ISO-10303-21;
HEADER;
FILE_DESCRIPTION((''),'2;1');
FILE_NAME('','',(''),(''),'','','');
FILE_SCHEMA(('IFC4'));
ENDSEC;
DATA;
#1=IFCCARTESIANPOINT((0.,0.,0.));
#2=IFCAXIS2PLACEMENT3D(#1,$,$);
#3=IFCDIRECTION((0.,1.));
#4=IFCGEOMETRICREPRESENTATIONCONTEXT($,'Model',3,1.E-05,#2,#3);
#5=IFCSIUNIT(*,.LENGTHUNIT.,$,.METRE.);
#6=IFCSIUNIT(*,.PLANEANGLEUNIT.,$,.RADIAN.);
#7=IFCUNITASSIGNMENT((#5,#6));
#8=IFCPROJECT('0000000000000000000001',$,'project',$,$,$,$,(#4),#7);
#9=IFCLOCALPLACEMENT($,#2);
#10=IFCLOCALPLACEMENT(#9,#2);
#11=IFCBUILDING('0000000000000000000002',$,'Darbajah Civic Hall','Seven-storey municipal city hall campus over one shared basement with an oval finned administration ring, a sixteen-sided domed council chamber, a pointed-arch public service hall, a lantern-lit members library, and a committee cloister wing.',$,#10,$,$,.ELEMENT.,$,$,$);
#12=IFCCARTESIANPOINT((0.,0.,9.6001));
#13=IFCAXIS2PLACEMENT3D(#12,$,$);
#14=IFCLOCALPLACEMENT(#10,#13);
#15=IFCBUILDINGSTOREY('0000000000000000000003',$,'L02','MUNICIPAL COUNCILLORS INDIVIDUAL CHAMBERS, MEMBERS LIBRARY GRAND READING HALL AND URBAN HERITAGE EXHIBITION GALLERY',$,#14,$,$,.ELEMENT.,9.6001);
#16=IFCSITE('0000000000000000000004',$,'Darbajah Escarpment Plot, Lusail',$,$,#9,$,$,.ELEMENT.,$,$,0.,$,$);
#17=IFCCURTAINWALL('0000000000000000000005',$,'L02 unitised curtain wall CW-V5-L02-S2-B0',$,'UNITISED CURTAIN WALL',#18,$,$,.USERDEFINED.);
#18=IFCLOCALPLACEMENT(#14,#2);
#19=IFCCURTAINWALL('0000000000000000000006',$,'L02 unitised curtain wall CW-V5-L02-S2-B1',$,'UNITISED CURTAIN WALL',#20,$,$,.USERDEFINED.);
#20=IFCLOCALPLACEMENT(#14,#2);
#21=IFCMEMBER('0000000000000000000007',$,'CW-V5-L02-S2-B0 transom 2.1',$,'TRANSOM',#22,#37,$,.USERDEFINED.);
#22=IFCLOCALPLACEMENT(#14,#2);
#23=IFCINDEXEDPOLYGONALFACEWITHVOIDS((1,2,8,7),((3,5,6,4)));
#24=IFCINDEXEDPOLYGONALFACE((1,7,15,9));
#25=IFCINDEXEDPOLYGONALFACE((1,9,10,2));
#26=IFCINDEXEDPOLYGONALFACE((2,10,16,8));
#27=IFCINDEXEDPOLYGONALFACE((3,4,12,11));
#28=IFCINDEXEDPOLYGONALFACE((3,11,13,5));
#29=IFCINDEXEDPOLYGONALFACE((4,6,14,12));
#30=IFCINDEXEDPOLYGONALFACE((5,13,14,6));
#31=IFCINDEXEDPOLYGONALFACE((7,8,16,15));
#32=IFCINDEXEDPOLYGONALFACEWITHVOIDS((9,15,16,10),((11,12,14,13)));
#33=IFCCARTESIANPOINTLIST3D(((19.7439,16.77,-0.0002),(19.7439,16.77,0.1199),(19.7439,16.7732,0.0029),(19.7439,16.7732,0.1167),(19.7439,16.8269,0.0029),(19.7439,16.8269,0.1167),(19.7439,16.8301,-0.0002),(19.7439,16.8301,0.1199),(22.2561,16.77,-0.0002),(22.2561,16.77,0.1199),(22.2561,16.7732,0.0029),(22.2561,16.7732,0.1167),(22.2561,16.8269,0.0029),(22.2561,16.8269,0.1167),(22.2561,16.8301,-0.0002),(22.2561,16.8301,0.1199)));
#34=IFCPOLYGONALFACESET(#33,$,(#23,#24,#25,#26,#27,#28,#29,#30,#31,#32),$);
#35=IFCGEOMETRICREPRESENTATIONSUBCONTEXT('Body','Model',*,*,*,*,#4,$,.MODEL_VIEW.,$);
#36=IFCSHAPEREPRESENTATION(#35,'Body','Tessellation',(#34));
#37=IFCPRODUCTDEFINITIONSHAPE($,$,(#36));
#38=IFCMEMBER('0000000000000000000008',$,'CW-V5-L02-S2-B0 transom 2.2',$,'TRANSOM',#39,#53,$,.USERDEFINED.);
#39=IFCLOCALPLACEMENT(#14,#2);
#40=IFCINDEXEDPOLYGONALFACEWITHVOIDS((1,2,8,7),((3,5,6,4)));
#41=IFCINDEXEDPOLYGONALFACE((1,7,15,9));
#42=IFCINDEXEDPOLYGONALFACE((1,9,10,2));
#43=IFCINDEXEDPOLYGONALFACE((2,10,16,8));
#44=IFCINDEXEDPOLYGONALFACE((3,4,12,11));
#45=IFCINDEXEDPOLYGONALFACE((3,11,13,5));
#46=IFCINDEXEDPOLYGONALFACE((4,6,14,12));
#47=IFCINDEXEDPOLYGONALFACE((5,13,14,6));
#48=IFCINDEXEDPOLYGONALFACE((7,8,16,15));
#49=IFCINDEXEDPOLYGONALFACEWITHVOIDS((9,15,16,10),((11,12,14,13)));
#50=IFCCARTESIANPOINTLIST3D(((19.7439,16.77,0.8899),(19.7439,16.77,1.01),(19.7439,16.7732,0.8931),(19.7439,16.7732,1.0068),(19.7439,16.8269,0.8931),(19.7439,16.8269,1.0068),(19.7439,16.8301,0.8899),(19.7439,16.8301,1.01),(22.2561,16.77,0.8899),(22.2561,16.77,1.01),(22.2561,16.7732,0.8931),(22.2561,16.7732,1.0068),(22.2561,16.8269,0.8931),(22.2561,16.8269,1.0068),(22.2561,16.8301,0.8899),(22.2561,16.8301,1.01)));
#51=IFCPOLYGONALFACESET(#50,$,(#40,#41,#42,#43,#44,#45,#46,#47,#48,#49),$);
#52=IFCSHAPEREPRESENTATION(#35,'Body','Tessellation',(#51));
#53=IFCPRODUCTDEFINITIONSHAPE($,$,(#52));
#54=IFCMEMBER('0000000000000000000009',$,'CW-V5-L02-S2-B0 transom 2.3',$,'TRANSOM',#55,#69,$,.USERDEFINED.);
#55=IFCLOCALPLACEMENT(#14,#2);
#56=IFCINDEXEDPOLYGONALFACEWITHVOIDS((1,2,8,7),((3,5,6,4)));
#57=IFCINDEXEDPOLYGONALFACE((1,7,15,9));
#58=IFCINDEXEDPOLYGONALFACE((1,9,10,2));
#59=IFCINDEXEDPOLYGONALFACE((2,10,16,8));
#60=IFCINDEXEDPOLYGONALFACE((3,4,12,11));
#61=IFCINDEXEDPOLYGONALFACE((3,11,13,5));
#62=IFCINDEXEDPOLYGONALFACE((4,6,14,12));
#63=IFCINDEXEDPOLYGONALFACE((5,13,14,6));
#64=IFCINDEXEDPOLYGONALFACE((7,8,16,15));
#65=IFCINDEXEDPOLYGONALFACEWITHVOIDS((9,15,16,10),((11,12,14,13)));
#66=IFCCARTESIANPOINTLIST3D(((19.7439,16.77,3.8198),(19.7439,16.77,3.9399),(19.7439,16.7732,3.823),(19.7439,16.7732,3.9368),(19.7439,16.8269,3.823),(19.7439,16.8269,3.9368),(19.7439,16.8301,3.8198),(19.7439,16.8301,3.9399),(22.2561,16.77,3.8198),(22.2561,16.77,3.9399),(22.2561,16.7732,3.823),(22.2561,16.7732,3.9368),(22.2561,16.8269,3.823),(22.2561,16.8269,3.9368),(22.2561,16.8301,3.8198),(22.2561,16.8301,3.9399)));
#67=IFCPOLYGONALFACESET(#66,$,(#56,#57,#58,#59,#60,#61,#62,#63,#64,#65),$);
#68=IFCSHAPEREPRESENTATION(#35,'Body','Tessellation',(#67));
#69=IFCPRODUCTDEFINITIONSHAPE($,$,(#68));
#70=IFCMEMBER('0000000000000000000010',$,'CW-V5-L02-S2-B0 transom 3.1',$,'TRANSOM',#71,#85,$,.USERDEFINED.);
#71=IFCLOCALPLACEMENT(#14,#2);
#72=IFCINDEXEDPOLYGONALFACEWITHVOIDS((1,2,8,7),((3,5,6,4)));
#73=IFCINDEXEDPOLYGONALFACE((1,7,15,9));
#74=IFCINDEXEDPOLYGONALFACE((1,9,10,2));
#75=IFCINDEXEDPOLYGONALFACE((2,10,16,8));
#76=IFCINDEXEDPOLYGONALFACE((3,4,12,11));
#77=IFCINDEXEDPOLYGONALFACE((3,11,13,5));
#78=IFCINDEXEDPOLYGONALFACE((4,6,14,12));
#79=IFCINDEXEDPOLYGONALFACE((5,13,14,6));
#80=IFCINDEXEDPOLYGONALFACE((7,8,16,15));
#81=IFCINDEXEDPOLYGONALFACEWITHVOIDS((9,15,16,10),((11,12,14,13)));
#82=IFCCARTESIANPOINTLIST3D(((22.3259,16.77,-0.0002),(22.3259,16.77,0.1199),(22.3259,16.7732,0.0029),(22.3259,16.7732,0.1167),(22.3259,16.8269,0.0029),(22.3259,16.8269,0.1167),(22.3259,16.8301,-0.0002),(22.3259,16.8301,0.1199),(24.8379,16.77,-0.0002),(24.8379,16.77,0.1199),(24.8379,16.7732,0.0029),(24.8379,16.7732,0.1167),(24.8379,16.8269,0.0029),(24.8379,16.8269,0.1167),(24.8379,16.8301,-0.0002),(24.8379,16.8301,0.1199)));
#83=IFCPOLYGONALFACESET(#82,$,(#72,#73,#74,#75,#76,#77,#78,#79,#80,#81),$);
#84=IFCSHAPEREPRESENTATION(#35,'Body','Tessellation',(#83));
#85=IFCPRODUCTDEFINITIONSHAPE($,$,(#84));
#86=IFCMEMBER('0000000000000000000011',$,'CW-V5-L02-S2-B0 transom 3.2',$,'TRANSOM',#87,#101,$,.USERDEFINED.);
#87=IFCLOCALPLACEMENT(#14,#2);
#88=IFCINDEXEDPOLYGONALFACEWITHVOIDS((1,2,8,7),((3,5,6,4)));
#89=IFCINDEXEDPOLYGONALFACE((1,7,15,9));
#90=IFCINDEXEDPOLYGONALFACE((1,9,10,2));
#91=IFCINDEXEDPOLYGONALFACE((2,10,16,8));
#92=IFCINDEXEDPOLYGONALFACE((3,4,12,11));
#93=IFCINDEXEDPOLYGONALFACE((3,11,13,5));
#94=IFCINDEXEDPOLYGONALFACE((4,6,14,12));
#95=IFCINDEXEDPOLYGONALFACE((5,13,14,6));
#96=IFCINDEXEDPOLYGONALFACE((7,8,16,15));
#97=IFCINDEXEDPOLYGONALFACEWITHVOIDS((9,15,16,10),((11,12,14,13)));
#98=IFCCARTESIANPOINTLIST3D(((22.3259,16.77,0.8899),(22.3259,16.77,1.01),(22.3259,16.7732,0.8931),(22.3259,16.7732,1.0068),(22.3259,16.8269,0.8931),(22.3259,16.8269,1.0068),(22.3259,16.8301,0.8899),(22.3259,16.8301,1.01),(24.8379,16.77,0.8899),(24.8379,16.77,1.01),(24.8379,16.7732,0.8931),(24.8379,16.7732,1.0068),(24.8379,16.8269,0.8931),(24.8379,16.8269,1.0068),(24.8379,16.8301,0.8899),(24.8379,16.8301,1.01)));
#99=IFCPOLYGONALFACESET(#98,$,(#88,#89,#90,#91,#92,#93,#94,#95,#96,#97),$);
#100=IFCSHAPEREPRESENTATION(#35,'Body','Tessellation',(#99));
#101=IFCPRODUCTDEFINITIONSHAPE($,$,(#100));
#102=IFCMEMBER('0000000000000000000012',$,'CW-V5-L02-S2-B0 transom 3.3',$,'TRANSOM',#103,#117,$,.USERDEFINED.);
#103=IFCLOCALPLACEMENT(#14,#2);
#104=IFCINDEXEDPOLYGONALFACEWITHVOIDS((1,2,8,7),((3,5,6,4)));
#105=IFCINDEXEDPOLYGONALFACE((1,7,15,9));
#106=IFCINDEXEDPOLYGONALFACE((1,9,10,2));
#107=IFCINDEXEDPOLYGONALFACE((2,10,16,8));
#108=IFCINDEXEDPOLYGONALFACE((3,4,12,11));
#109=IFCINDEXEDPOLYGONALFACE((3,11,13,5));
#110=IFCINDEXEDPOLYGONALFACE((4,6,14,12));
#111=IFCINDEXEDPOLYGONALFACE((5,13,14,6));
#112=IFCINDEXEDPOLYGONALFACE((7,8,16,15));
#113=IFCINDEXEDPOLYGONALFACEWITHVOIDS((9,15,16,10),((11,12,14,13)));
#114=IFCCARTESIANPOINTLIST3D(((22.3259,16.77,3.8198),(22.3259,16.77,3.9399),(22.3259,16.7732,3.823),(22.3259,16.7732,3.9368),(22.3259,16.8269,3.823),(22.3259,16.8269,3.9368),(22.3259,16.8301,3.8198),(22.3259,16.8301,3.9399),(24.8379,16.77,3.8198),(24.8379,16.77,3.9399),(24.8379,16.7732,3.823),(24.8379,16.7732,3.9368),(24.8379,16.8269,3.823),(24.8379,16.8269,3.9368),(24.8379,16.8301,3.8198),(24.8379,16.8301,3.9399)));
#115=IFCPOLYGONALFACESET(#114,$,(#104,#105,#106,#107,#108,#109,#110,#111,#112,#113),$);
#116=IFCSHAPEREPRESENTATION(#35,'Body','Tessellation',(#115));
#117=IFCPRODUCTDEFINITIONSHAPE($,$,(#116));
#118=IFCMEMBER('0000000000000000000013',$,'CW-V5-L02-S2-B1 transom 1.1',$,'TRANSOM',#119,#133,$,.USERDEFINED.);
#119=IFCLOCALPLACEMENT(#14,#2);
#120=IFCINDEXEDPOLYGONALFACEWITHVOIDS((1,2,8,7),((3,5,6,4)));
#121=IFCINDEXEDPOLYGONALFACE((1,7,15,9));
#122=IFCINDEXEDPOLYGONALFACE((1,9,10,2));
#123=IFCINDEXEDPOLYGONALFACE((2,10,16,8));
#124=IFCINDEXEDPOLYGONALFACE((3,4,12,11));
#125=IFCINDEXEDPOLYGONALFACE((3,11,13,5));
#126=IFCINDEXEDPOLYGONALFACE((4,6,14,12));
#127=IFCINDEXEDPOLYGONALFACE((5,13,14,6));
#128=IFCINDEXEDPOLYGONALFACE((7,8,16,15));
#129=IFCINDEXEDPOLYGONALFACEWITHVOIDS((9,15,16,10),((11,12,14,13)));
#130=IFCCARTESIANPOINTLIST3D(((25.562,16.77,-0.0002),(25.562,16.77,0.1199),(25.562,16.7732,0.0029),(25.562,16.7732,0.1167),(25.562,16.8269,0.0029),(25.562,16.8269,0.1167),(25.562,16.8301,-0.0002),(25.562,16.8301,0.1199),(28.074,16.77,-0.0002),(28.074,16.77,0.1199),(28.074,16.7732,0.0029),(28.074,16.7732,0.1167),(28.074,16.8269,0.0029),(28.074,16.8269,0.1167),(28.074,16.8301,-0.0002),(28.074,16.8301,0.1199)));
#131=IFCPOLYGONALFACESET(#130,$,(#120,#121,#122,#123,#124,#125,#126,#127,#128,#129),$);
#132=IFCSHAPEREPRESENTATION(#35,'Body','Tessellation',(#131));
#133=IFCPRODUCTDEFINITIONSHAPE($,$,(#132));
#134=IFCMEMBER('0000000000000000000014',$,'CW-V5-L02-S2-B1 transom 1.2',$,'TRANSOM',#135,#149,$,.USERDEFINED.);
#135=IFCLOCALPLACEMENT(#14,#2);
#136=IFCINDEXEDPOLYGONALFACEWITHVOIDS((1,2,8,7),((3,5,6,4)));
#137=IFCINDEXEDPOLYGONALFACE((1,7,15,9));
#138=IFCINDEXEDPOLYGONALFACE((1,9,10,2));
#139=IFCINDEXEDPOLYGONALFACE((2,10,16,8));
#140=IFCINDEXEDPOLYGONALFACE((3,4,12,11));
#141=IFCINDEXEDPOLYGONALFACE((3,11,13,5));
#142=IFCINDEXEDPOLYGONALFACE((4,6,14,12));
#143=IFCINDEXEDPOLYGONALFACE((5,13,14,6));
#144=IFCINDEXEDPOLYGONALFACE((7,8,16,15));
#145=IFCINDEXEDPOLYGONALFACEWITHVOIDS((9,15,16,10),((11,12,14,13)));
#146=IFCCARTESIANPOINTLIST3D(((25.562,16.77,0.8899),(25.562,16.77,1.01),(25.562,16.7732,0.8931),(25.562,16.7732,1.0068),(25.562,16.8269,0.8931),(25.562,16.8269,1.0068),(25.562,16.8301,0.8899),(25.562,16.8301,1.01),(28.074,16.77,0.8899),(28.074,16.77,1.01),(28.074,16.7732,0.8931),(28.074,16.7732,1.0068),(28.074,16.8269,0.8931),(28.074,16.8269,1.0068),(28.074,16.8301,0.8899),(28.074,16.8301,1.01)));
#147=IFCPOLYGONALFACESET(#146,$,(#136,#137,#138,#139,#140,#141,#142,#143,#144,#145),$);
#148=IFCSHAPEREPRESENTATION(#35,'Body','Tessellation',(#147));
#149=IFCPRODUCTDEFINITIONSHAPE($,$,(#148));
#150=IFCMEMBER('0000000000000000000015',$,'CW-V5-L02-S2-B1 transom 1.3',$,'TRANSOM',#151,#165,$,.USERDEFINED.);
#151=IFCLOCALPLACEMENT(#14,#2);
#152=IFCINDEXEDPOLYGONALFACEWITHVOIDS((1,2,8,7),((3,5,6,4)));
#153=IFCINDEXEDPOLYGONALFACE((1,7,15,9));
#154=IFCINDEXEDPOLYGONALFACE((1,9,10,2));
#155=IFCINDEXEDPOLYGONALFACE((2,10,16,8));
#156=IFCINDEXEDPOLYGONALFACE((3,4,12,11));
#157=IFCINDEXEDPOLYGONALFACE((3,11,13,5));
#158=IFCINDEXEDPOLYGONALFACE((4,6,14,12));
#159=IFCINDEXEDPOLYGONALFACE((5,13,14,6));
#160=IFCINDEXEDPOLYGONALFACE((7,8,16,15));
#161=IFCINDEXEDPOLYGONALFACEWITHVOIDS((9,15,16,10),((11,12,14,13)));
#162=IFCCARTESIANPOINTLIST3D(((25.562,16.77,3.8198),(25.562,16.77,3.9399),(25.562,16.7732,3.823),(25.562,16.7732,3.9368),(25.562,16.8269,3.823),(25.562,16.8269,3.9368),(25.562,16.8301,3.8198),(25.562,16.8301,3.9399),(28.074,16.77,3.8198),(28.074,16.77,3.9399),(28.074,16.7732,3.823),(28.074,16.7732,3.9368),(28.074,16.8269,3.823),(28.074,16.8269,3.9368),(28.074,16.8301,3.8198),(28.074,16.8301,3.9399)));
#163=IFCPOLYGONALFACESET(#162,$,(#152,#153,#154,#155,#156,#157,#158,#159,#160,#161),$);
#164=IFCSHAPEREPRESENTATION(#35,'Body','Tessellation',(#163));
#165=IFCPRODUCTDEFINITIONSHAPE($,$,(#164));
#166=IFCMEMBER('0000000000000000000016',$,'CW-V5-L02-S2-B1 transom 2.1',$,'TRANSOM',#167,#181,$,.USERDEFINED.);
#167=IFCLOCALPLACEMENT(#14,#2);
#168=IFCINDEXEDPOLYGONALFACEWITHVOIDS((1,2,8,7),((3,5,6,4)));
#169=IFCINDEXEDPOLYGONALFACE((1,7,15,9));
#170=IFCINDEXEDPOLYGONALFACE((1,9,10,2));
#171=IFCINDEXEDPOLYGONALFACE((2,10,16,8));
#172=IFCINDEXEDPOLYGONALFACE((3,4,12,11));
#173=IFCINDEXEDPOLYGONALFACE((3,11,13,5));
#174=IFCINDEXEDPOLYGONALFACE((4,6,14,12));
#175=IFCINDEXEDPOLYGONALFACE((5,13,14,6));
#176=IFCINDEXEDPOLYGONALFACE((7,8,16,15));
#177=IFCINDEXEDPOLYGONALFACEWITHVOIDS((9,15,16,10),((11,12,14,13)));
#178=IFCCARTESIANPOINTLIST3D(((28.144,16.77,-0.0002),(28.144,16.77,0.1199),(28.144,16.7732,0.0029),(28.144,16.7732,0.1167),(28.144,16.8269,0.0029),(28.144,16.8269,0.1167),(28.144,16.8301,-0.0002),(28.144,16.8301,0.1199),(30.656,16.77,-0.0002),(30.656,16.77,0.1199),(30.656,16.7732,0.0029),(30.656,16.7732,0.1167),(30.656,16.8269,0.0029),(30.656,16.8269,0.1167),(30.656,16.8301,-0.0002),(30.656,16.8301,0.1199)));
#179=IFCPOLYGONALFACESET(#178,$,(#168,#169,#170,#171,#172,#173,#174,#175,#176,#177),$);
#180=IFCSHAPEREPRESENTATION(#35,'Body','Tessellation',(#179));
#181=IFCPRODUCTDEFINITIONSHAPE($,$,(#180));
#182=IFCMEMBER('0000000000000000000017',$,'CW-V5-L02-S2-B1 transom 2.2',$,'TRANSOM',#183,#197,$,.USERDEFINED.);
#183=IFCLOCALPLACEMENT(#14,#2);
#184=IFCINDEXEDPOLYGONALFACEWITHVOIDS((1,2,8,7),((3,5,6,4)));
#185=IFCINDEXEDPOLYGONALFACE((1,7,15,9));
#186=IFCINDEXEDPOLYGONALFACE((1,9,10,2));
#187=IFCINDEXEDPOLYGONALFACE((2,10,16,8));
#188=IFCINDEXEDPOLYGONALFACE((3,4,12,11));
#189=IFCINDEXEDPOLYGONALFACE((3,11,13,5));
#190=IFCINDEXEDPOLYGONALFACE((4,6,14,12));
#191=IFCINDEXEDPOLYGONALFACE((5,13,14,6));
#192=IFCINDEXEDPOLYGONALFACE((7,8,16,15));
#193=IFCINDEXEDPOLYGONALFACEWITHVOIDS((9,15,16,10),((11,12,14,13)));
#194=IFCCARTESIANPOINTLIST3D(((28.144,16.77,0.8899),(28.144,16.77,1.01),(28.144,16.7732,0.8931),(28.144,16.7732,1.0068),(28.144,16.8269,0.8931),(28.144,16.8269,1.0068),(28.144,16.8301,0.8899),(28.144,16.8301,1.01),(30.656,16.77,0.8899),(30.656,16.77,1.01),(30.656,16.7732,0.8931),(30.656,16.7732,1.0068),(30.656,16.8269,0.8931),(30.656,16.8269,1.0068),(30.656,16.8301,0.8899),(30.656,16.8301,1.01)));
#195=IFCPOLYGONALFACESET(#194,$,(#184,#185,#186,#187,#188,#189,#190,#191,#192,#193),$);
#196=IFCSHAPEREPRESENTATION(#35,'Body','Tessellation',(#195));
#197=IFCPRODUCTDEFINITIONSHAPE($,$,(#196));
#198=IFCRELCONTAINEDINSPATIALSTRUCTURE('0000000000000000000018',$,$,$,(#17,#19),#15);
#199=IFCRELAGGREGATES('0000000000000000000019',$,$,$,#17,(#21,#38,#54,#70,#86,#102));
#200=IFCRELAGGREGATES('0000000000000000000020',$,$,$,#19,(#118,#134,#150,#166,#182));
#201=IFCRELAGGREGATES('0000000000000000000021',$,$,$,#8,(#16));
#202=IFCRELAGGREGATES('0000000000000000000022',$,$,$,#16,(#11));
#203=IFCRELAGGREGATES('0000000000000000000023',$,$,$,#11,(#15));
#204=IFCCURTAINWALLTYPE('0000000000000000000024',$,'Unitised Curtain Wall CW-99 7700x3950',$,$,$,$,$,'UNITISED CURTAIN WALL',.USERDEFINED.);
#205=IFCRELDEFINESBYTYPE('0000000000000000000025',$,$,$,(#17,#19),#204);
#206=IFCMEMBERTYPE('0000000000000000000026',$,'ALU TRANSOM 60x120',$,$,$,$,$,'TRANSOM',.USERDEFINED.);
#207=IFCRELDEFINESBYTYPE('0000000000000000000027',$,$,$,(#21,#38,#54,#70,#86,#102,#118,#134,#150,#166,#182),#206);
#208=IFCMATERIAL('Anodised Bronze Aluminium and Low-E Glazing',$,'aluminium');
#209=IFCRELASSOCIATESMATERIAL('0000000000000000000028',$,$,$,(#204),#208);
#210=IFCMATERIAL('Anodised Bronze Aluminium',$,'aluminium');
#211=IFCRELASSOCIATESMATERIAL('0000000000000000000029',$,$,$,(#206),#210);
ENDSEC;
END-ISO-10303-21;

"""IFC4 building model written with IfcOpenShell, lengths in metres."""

from ifc_helpers import new_model, si_unit, direction, frame, origin, origin_2d, place, context, subcontext, project, spatial, hollow_rectangle, extrude, material, material_profile, profile_set, type_object, element, aggregate, save


model = new_model("IFC4")

# Units and contexts
model_context = context("Model", 3, precision=1e-05, world=origin(), true_north=direction((0.0, 1.0)))
body_context = subcontext(model_context, "Body", "Model", "MODEL_VIEW")
ifc_project = project(units=[si_unit("LENGTHUNIT", "METRE"), si_unit("PLANEANGLEUNIT", "RADIAN")], contexts=[model_context])

# Site, building, storey
site_placement = place(None, origin())
site = spatial("IfcSite", under=ifc_project, at=site_placement, Name="Darbajah Escarpment Plot, Lusail", CompositionType="ELEMENT", RefElevation=0.0)
building_placement = place(site_placement, origin())
building = spatial("IfcBuilding", under=site, at=building_placement, Name="Darbajah Civic Hall", Description="Seven-storey municipal city hall campus over one shared basement with an oval finned administration ring, a sixteen-sided domed council chamber, a pointed-arch public service hall, a lantern-lit members library, and a committee cloister wing.", CompositionType="ELEMENT")
storey_placement = place(building_placement, frame((0.0, 0.0, 9.6001)))
storey = spatial("IfcBuildingStorey", under=building, at=storey_placement, Name="L02", Description="MUNICIPAL COUNCILLORS INDIVIDUAL CHAMBERS, MEMBERS LIBRARY GRAND READING HALL AND URBAN HERITAGE EXHIBITION GALLERY", CompositionType="ELEMENT", Elevation=9.6001)

# Curtain walls
ifc_material_1 = material(Name="Anodised Bronze Aluminium and Low-E Glazing", Category="aluminium")
curtain_wall_type = type_object("IfcCurtainWallType", Name="Unitised Curtain Wall CW-99 7700x3950", ElementType="UNITISED CURTAIN WALL", PredefinedType="USERDEFINED", material=ifc_material_1)
curtain_wall_1_placement = place(storey_placement, origin())
curtain_wall_1 = element("IfcCurtainWall", 1, at=curtain_wall_1_placement, inside=storey, type_object=curtain_wall_type, Name="L02 unitised curtain wall CW-V5-L02-S2-B0", ObjectType="UNITISED CURTAIN WALL", PredefinedType="USERDEFINED")
ifc_material_2 = material(Name="Anodised Bronze Aluminium", Category="aluminium")
curtain_wall_2_placement = place(storey_placement, origin())
curtain_wall_2 = element("IfcCurtainWall", 2, at=curtain_wall_2_placement, inside=storey, type_object=curtain_wall_type, Name="L02 unitised curtain wall CW-V5-L02-S2-B1", ObjectType="UNITISED CURTAIN WALL", PredefinedType="USERDEFINED")

# Members
ifc_material_profile_1 = material_profile(ifc_material_2, hollow_rectangle(XDim=0.0601, YDim=0.1201, WallThickness=0.0032, at=origin_2d()), Name="ALU TRANSOM 60x120")
ifc_profile_set_1 = profile_set([ifc_material_profile_1], Name="Anodised Bronze Aluminium")
member_type_1 = type_object("IfcMemberType", Name="ALU TRANSOM 60x120", ElementType="TRANSOM", PredefinedType="USERDEFINED", material=ifc_profile_set_1)
member_1_placement = place(storey_placement, frame((19.7439, 16.8, 0.0598), z_axis=(1.0, 0.0, 0.0), x_axis=(0.0, 1.0, 0.0)))
member_1 = element("IfcMember", 3, at=member_1_placement, type_object=member_type_1, Name="CW-V5-L02-S2-B0 transom 2.1", ObjectType="TRANSOM", PredefinedType="USERDEFINED", context=body_context, shape_type="SweptSolid", body=[
    extrude(hollow_rectangle(XDim=0.0601, YDim=0.1201, WallThickness=0.0032, at=origin_2d()), origin(), (0.0, 0.0, 1.0), 2.5122),
])
member_2_placement = place(storey_placement, frame((19.7439, 16.8, 0.95), z_axis=(1.0, 0.0, 0.0), x_axis=(0.0, 1.0, 0.0)))
member_2 = element("IfcMember", 4, at=member_2_placement, type_object=member_type_1, Name="CW-V5-L02-S2-B0 transom 2.2", ObjectType="TRANSOM", PredefinedType="USERDEFINED", context=body_context, shape_type="SweptSolid", body=[
    extrude(hollow_rectangle(XDim=0.0601, YDim=0.1201, WallThickness=0.0032, at=origin_2d()), origin(), (0.0, 0.0, 1.0), 2.5122),
])
member_3_placement = place(storey_placement, frame((19.7439, 16.8, 3.8799), z_axis=(1.0, 0.0, 0.0), x_axis=(0.0, 1.0, 0.0)))
member_3 = element("IfcMember", 5, at=member_3_placement, type_object=member_type_1, Name="CW-V5-L02-S2-B0 transom 2.3", ObjectType="TRANSOM", PredefinedType="USERDEFINED", context=body_context, shape_type="SweptSolid", body=[
    extrude(hollow_rectangle(XDim=0.0601, YDim=0.1201, WallThickness=0.0032, at=origin_2d()), origin(), (0.0, 0.0, 1.0), 2.5122),
])
member_4_placement = place(storey_placement, frame((22.3259, 16.8, 0.0598), z_axis=(1.0, 0.0, 0.0), x_axis=(0.0, 1.0, 0.0)))
member_4 = element("IfcMember", 6, at=member_4_placement, type_object=member_type_1, Name="CW-V5-L02-S2-B0 transom 3.1", ObjectType="TRANSOM", PredefinedType="USERDEFINED", context=body_context, shape_type="SweptSolid", body=[
    extrude(hollow_rectangle(XDim=0.0601, YDim=0.1201, WallThickness=0.0032, at=origin_2d()), origin(), (0.0, 0.0, 1.0), 2.512),
])
member_5_placement = place(storey_placement, frame((22.3259, 16.8, 0.95), z_axis=(1.0, 0.0, 0.0), x_axis=(0.0, 1.0, 0.0)))
member_5 = element("IfcMember", 7, at=member_5_placement, type_object=member_type_1, Name="CW-V5-L02-S2-B0 transom 3.2", ObjectType="TRANSOM", PredefinedType="USERDEFINED", context=body_context, shape_type="SweptSolid", body=[
    extrude(hollow_rectangle(XDim=0.0601, YDim=0.1201, WallThickness=0.0032, at=origin_2d()), origin(), (0.0, 0.0, 1.0), 2.512),
])
member_6_placement = place(storey_placement, frame((22.3259, 16.8, 3.8799), z_axis=(1.0, 0.0, 0.0), x_axis=(0.0, 1.0, 0.0)))
member_6 = element("IfcMember", 8, at=member_6_placement, type_object=member_type_1, Name="CW-V5-L02-S2-B0 transom 3.3", ObjectType="TRANSOM", PredefinedType="USERDEFINED", context=body_context, shape_type="SweptSolid", body=[
    extrude(hollow_rectangle(XDim=0.0601, YDim=0.1201, WallThickness=0.0032, at=origin_2d()), origin(), (0.0, 0.0, 1.0), 2.512),
])
member_7_placement = place(storey_placement, frame((25.562, 16.8, 0.0598), z_axis=(1.0, 0.0, 0.0), x_axis=(0.0, 1.0, 0.0)))
member_7 = element("IfcMember", 9, at=member_7_placement, type_object=member_type_1, Name="CW-V5-L02-S2-B1 transom 1.1", ObjectType="TRANSOM", PredefinedType="USERDEFINED", context=body_context, shape_type="SweptSolid", body=[
    extrude(hollow_rectangle(XDim=0.0601, YDim=0.1201, WallThickness=0.0032, at=origin_2d()), origin(), (0.0, 0.0, 1.0), 2.512),
])
member_8_placement = place(storey_placement, frame((25.562, 16.8, 0.95), z_axis=(1.0, 0.0, 0.0), x_axis=(0.0, 1.0, 0.0)))
member_8 = element("IfcMember", 10, at=member_8_placement, type_object=member_type_1, Name="CW-V5-L02-S2-B1 transom 1.2", ObjectType="TRANSOM", PredefinedType="USERDEFINED", context=body_context, shape_type="SweptSolid", body=[
    extrude(hollow_rectangle(XDim=0.0601, YDim=0.1201, WallThickness=0.0032, at=origin_2d()), origin(), (0.0, 0.0, 1.0), 2.512),
])
member_9_placement = place(storey_placement, frame((25.562, 16.8, 3.8799), z_axis=(1.0, 0.0, 0.0), x_axis=(0.0, 1.0, 0.0)))
member_9 = element("IfcMember", 11, at=member_9_placement, type_object=member_type_1, Name="CW-V5-L02-S2-B1 transom 1.3", ObjectType="TRANSOM", PredefinedType="USERDEFINED", context=body_context, shape_type="SweptSolid", body=[
    extrude(hollow_rectangle(XDim=0.0601, YDim=0.1201, WallThickness=0.0032, at=origin_2d()), origin(), (0.0, 0.0, 1.0), 2.512),
])
member_10_placement = place(storey_placement, frame((28.144, 16.8, 0.0598), z_axis=(1.0, 0.0, 0.0), x_axis=(0.0, 1.0, 0.0)))
member_10 = element("IfcMember", 12, at=member_10_placement, type_object=member_type_1, Name="CW-V5-L02-S2-B1 transom 2.1", ObjectType="TRANSOM", PredefinedType="USERDEFINED", context=body_context, shape_type="SweptSolid", body=[
    extrude(hollow_rectangle(XDim=0.0601, YDim=0.1201, WallThickness=0.0032, at=origin_2d()), origin(), (0.0, 0.0, 1.0), 2.512),
])
member_11_placement = place(storey_placement, frame((28.144, 16.8, 0.95), z_axis=(1.0, 0.0, 0.0), x_axis=(0.0, 1.0, 0.0)))
member_11 = element("IfcMember", 13, at=member_11_placement, type_object=member_type_1, Name="CW-V5-L02-S2-B1 transom 2.2", ObjectType="TRANSOM", PredefinedType="USERDEFINED", context=body_context, shape_type="SweptSolid", body=[
    extrude(hollow_rectangle(XDim=0.0601, YDim=0.1201, WallThickness=0.0032, at=origin_2d()), origin(), (0.0, 0.0, 1.0), 2.512),
])

aggregate(curtain_wall_1, [member_1, member_2, member_3, member_4, member_5, member_6])
aggregate(curtain_wall_2, [member_7, member_8, member_9, member_10, member_11])

save(model, "model.ifc")
